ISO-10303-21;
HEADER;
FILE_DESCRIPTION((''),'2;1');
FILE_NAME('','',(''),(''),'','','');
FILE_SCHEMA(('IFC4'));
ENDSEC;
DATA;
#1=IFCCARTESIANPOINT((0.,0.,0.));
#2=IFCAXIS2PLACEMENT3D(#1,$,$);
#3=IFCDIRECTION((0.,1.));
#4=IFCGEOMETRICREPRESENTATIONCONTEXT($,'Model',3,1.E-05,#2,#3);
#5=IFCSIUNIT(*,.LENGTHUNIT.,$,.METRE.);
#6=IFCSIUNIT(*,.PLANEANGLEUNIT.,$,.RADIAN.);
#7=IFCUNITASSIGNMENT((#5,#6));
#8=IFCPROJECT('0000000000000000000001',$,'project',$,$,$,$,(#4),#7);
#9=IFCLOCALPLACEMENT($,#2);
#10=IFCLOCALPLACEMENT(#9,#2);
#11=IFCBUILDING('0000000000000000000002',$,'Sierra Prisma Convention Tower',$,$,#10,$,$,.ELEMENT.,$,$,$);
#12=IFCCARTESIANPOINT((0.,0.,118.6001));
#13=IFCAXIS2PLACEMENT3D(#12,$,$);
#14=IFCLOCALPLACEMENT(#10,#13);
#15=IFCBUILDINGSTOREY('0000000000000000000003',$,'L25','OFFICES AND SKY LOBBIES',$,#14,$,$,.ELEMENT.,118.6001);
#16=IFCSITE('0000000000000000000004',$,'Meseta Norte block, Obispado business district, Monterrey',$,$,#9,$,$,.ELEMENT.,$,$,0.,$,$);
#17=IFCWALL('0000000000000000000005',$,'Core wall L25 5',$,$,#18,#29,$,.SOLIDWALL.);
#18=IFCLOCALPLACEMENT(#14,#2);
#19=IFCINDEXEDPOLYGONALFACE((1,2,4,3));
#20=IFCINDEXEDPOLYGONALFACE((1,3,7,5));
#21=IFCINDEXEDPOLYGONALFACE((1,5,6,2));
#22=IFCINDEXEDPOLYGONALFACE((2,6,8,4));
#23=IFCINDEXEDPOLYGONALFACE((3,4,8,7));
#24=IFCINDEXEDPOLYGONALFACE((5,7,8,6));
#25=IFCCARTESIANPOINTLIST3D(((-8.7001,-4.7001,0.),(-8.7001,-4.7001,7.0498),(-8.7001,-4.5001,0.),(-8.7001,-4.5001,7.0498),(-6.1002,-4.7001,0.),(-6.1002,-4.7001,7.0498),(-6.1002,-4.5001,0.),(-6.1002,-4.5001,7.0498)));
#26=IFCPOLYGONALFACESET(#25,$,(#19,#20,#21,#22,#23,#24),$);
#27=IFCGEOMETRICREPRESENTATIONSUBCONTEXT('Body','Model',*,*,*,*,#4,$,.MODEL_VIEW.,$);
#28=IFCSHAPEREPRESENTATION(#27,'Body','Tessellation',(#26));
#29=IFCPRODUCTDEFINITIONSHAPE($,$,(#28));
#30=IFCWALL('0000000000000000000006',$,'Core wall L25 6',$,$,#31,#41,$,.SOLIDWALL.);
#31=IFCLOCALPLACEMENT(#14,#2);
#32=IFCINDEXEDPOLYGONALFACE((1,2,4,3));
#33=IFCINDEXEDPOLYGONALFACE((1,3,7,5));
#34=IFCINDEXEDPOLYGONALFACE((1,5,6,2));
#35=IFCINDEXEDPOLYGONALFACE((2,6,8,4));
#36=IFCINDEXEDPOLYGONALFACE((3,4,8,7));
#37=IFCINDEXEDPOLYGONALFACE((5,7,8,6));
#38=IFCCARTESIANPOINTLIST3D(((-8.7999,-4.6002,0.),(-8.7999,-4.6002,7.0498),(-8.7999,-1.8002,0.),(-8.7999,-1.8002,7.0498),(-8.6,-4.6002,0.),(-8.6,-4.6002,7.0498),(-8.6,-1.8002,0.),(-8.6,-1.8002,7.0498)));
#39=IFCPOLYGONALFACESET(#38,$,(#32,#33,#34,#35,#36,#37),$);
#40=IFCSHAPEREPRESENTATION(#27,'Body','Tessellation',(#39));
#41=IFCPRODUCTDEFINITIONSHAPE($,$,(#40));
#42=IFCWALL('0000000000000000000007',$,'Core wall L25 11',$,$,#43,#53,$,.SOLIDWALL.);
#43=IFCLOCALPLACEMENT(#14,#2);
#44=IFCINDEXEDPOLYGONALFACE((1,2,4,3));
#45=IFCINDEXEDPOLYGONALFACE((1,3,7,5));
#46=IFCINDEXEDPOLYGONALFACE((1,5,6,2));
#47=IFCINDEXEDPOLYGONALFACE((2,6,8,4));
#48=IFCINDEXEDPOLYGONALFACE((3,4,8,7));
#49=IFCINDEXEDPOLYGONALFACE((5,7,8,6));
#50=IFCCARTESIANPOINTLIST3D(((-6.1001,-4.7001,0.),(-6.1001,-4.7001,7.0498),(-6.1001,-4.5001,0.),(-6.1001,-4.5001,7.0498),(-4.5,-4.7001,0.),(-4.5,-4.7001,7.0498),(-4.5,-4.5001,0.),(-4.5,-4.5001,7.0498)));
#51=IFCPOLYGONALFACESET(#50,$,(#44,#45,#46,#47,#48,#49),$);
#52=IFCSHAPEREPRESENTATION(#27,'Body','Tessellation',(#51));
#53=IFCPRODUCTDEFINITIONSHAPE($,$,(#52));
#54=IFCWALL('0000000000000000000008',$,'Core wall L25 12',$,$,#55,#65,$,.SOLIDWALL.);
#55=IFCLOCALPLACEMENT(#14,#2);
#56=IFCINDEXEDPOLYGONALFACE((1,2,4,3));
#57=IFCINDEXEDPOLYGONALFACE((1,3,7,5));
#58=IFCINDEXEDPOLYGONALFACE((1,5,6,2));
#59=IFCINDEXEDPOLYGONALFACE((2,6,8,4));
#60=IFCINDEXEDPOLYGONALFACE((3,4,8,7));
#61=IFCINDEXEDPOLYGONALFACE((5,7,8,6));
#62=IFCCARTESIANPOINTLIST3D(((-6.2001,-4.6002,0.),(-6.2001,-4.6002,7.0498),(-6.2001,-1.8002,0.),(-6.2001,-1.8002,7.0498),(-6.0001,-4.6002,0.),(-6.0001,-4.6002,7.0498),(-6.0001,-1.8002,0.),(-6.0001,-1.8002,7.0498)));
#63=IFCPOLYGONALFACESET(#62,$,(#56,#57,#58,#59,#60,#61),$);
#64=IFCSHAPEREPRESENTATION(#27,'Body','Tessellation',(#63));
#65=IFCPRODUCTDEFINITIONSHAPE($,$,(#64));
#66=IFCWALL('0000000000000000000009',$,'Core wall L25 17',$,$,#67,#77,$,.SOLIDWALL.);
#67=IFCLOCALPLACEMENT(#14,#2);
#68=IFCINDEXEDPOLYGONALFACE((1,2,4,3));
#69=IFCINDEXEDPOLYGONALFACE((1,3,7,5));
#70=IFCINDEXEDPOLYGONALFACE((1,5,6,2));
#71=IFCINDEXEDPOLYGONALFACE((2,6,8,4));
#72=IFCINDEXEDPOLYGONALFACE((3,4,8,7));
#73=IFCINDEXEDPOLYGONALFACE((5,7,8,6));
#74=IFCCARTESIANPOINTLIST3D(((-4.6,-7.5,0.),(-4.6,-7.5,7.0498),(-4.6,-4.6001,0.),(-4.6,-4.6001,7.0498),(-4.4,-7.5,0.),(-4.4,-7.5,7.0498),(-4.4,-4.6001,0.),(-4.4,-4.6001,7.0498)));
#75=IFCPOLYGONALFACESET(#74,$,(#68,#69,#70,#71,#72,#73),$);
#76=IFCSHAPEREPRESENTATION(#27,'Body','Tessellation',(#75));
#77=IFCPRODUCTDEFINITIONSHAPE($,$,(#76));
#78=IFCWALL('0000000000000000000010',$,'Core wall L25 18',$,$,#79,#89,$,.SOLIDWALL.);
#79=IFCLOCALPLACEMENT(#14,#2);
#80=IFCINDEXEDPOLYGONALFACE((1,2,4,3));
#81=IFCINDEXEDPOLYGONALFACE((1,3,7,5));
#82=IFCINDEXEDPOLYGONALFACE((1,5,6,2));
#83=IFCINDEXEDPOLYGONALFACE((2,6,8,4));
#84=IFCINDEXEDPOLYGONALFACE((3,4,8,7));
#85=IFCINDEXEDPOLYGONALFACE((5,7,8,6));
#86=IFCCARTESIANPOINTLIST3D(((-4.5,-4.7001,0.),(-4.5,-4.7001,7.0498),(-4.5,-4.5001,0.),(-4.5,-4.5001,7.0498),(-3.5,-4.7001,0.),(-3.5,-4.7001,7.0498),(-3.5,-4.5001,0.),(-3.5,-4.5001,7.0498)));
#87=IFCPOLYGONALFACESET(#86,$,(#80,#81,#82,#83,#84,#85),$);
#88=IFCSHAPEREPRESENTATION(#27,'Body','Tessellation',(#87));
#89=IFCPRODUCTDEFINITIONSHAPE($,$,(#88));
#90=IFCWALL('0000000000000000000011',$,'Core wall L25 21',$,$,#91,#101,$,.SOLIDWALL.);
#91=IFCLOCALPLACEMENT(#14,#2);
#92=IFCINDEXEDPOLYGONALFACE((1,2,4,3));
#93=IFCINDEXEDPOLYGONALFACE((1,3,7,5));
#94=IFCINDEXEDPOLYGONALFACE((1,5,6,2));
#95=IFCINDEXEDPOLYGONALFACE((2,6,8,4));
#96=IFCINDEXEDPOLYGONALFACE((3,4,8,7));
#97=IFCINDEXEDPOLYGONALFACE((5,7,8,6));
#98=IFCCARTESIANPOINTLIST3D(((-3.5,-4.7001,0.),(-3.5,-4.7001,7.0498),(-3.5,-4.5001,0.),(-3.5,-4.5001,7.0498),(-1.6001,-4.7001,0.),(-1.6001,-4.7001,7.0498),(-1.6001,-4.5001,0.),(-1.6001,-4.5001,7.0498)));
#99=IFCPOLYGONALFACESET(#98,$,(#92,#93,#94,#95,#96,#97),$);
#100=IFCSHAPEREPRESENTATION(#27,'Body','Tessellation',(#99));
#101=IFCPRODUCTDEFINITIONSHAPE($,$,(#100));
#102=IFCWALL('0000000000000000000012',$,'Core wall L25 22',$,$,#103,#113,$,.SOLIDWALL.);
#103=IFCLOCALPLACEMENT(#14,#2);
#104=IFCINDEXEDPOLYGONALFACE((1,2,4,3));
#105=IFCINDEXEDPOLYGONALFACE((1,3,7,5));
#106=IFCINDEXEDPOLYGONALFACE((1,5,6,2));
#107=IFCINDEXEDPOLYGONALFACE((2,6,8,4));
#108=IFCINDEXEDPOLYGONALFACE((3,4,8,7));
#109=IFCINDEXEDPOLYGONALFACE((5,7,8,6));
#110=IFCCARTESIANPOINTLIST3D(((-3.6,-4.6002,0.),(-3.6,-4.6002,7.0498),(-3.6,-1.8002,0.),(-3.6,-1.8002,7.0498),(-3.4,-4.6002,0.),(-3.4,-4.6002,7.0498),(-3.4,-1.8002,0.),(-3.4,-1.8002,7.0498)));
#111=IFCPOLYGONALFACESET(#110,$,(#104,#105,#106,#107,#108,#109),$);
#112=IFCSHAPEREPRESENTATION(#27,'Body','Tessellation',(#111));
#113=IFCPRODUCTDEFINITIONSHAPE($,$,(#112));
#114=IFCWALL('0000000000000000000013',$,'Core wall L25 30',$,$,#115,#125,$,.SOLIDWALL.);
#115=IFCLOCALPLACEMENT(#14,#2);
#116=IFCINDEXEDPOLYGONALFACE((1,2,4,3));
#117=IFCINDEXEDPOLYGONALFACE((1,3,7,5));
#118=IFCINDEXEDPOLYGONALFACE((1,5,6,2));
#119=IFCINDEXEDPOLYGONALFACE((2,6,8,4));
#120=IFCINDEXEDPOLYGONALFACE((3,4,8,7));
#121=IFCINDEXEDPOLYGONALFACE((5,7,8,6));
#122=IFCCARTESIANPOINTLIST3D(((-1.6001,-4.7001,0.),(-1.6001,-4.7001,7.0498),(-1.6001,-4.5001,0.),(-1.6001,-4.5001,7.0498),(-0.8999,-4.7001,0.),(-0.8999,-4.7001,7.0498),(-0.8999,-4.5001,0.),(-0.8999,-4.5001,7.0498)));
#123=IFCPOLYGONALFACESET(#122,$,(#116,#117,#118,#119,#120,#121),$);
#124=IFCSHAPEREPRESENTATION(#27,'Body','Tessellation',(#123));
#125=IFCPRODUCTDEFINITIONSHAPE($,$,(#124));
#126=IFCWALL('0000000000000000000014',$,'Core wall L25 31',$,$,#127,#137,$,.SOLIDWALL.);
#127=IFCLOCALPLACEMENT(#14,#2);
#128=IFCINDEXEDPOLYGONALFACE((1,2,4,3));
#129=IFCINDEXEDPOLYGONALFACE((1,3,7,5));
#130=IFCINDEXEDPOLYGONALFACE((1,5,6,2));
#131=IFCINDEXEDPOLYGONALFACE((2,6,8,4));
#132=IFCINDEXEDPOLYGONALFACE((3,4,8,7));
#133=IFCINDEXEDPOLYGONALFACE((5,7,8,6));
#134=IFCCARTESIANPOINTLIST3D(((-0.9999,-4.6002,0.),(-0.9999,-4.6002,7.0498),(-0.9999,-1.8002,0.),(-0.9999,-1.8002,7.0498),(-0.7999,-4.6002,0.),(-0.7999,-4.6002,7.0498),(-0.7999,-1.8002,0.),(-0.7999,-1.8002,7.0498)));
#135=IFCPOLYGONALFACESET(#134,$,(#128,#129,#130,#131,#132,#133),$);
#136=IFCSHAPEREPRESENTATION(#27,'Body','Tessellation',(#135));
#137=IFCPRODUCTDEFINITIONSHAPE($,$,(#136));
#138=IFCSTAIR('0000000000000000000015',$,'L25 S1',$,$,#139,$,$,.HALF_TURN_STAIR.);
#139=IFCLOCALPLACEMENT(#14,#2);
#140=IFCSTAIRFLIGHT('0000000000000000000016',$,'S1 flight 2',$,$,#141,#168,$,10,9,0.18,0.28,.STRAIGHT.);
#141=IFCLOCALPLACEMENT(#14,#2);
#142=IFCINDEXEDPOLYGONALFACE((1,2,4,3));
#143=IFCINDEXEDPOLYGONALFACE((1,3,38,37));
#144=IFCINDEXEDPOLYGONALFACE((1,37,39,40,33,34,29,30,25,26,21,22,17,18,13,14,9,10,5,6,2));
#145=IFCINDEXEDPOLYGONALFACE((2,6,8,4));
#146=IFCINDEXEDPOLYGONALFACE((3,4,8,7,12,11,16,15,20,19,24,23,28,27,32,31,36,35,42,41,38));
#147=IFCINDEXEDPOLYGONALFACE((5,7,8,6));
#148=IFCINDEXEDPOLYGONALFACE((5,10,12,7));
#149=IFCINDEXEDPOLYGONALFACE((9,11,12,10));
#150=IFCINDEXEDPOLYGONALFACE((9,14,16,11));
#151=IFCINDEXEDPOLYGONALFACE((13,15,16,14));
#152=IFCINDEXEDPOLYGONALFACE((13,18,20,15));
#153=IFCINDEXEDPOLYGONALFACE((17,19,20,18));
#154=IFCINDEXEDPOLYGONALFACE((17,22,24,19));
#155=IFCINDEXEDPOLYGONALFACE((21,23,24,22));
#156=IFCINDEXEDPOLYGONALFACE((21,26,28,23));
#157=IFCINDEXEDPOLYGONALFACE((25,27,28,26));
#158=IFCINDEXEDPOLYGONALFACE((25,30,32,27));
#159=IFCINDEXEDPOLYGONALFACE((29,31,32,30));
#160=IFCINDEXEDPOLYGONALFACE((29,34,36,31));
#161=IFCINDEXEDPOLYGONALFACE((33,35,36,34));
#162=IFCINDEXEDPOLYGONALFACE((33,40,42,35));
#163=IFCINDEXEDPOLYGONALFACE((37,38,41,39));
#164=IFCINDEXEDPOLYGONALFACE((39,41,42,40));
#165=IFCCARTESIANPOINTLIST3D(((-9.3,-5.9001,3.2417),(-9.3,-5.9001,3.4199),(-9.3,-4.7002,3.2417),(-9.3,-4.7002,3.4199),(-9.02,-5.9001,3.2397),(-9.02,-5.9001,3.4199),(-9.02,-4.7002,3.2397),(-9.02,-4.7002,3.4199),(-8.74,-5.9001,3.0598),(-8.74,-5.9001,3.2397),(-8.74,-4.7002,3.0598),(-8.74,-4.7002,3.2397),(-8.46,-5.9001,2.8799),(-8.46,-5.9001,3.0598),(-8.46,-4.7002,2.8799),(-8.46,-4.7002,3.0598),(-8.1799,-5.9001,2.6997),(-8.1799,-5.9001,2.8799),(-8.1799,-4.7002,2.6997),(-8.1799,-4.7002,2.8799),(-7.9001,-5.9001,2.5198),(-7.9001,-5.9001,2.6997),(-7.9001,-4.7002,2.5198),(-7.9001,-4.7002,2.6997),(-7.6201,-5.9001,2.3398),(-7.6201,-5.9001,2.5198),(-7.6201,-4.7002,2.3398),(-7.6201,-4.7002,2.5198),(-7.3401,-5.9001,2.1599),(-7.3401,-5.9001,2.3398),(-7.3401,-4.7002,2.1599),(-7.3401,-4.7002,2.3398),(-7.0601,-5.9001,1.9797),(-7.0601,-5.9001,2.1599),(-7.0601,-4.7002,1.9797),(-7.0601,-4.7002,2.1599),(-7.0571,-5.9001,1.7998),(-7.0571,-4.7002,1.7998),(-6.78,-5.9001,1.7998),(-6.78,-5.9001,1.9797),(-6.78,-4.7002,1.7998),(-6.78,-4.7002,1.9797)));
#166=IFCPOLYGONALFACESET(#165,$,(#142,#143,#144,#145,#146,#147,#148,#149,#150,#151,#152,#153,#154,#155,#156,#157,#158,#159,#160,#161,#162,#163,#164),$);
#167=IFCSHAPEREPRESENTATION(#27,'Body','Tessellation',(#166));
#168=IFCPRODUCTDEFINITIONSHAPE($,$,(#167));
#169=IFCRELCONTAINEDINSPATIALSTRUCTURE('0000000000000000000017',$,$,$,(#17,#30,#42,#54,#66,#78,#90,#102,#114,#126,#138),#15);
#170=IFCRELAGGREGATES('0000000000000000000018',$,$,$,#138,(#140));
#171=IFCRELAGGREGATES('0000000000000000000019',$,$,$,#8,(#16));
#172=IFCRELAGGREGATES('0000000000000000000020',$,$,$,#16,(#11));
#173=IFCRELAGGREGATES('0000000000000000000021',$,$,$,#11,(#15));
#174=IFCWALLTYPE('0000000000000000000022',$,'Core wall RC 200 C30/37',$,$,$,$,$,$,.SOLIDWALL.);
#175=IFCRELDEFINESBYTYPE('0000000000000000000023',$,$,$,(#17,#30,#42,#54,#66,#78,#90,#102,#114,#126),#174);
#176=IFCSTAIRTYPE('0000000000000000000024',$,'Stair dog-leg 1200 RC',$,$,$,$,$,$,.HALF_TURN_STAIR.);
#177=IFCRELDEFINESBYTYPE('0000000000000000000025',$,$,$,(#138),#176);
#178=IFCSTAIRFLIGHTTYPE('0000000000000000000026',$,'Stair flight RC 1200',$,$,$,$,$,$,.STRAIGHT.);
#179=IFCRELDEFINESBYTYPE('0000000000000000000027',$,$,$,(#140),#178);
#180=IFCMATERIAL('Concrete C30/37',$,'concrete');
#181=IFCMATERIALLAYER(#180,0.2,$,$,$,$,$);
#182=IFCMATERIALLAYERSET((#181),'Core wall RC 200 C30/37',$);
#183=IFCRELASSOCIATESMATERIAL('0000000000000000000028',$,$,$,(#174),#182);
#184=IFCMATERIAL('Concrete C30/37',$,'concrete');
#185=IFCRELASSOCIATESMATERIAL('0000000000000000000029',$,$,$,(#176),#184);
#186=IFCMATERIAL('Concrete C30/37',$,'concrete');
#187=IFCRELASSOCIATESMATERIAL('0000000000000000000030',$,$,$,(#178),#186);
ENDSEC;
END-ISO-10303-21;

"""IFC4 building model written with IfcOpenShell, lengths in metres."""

from ifc_helpers import new_model, si_unit, direction, frame, frame_2d, origin, place, context, subcontext, project, spatial, polyline, rectangle, outline, extrude, material, layer, layer_set, type_object, element, aggregate, save


model = new_model("IFC4")

# Units and contexts
model_context = context("Model", 3, precision=1e-05, world=origin(), true_north=direction((0.0, 1.0)))
body_context = subcontext(model_context, "Body", "Model", "MODEL_VIEW")
ifc_project = project(units=[si_unit("LENGTHUNIT", "METRE"), si_unit("PLANEANGLEUNIT", "RADIAN")], contexts=[model_context])

# Site, building, storey
site_placement = place(None, origin())
site = spatial("IfcSite", under=ifc_project, at=site_placement, Name="Meseta Norte block, Obispado business district, Monterrey", CompositionType="ELEMENT", RefElevation=0.0)
building_placement = place(site_placement, origin())
building = spatial("IfcBuilding", under=site, at=building_placement, Name="Sierra Prisma Convention Tower", CompositionType="ELEMENT")
storey_placement = place(building_placement, frame((0.0, 0.0, 118.6001)))
storey = spatial("IfcBuildingStorey", under=building, at=storey_placement, Name="L25", Description="OFFICES AND SKY LOBBIES", CompositionType="ELEMENT", Elevation=118.6001)

# Shared definitions
ifc_material_1 = material(Name="Concrete C30/37", Category="concrete")
ifc_layer = layer(ifc_material_1, 0.2)
ifc_layer_set = layer_set([ifc_layer], Name="Core wall RC 200 C30/37")
wall_type = type_object("IfcWallType", Name="Core wall RC 200 C30/37", PredefinedType="SOLIDWALL", material=ifc_layer_set)

# Walls
wall_1_placement = place(storey_placement, frame((-8.7, -4.6001, 0.0), z_axis=(0.0, 0.0, 1.0), x_axis=(1.0, 0.0, 0.0)))
element("IfcWall", 1, at=wall_1_placement, inside=storey, type_object=wall_type, Name="Core wall L25 5", PredefinedType="SOLIDWALL", context=body_context, shape_type="SweptSolid", body=[
    extrude(rectangle(XDim=2.5999, YDim=0.2, at=frame_2d((1.2998, 0.0))), origin(), (0.0, 0.0, 1.0), 7.0498),
])
wall_2_placement = place(storey_placement, frame((-8.7, -4.6001, 0.0), z_axis=(0.0, 0.0, 1.0), x_axis=(0.0, 1.0, 0.0)))
element("IfcWall", 2, at=wall_2_placement, inside=storey, type_object=wall_type, Name="Core wall L25 6", PredefinedType="SOLIDWALL", context=body_context, shape_type="SweptSolid", body=[
    extrude(rectangle(XDim=2.8, YDim=0.2, at=frame_2d((1.3999, 0.0))), origin(), (0.0, 0.0, 1.0), 7.0498),
])
wall_3_placement = place(storey_placement, frame((-6.1001, -4.6001, 0.0), z_axis=(0.0, 0.0, 1.0), x_axis=(1.0, 0.0, 0.0)))
element("IfcWall", 3, at=wall_3_placement, inside=storey, type_object=wall_type, Name="Core wall L25 11", PredefinedType="SOLIDWALL", context=body_context, shape_type="SweptSolid", body=[
    extrude(rectangle(XDim=1.6001, YDim=0.2, at=frame_2d((0.8, 0.0))), origin(), (0.0, 0.0, 1.0), 7.0498),
])
wall_4_placement = place(storey_placement, frame((-6.1001, -4.6001, 0.0), z_axis=(0.0, 0.0, 1.0), x_axis=(0.0, 1.0, 0.0)))
element("IfcWall", 4, at=wall_4_placement, inside=storey, type_object=wall_type, Name="Core wall L25 12", PredefinedType="SOLIDWALL", context=body_context, shape_type="SweptSolid", body=[
    extrude(rectangle(XDim=2.8, YDim=0.2, at=frame_2d((1.3999, 0.0))), origin(), (0.0, 0.0, 1.0), 7.0498),
])
wall_5_placement = place(storey_placement, frame((-4.5, -4.6001, 0.0), z_axis=(0.0, 0.0, 1.0), x_axis=(0.0, -1.0, 0.0)))
element("IfcWall", 5, at=wall_5_placement, inside=storey, type_object=wall_type, Name="Core wall L25 17", PredefinedType="SOLIDWALL", context=body_context, shape_type="SweptSolid", body=[
    extrude(rectangle(XDim=2.8999, YDim=0.2, at=frame_2d((1.45, 0.0))), origin(), (0.0, 0.0, 1.0), 7.0498),
])
wall_6_placement = place(storey_placement, frame((-4.5, -4.6001, 0.0), z_axis=(0.0, 0.0, 1.0), x_axis=(1.0, 0.0, 0.0)))
element("IfcWall", 6, at=wall_6_placement, inside=storey, type_object=wall_type, Name="Core wall L25 18", PredefinedType="SOLIDWALL", context=body_context, shape_type="SweptSolid", body=[
    extrude(rectangle(XDim=1.0, YDim=0.2, at=frame_2d((0.5, 0.0))), origin(), (0.0, 0.0, 1.0), 7.0498),
])
wall_7_placement = place(storey_placement, frame((-3.5, -4.6001, 0.0), z_axis=(0.0, 0.0, 1.0), x_axis=(1.0, 0.0, 0.0)))
element("IfcWall", 7, at=wall_7_placement, inside=storey, type_object=wall_type, Name="Core wall L25 21", PredefinedType="SOLIDWALL", context=body_context, shape_type="SweptSolid", body=[
    extrude(rectangle(XDim=1.8999, YDim=0.2, at=frame_2d((0.95, 0.0))), origin(), (0.0, 0.0, 1.0), 7.0498),
])
wall_8_placement = place(storey_placement, frame((-3.5, -4.6001, 0.0), z_axis=(0.0, 0.0, 1.0), x_axis=(0.0, 1.0, 0.0)))
element("IfcWall", 8, at=wall_8_placement, inside=storey, type_object=wall_type, Name="Core wall L25 22", PredefinedType="SOLIDWALL", context=body_context, shape_type="SweptSolid", body=[
    extrude(rectangle(XDim=2.8, YDim=0.2, at=frame_2d((1.3999, 0.0))), origin(), (0.0, 0.0, 1.0), 7.0498),
])
wall_9_placement = place(storey_placement, frame((-1.6001, -4.6001, 0.0), z_axis=(0.0, 0.0, 1.0), x_axis=(1.0, 0.0, 0.0)))
element("IfcWall", 9, at=wall_9_placement, inside=storey, type_object=wall_type, Name="Core wall L25 30", PredefinedType="SOLIDWALL", context=body_context, shape_type="SweptSolid", body=[
    extrude(rectangle(XDim=0.7002, YDim=0.2, at=frame_2d((0.3501, 0.0))), origin(), (0.0, 0.0, 1.0), 7.0498),
])
wall_10_placement = place(storey_placement, frame((-0.8999, -4.6001, 0.0), z_axis=(0.0, 0.0, 1.0), x_axis=(0.0, 1.0, 0.0)))
element("IfcWall", 10, at=wall_10_placement, inside=storey, type_object=wall_type, Name="Core wall L25 31", PredefinedType="SOLIDWALL", context=body_context, shape_type="SweptSolid", body=[
    extrude(rectangle(XDim=2.8, YDim=0.2, at=frame_2d((1.3999, 0.0))), origin(), (0.0, 0.0, 1.0), 7.0498),
])

# Stair, stair flight
ifc_material_2 = material(Name="Concrete C30/37", Category="concrete")
stair_type = type_object("IfcStairType", Name="Stair dog-leg 1200 RC", PredefinedType="HALF_TURN_STAIR", material=ifc_material_2)
stair_placement = place(storey_placement, origin())
stair = element("IfcStair", 11, at=stair_placement, inside=storey, type_object=stair_type, Name="L25 S1", PredefinedType="HALF_TURN_STAIR")
ifc_material_3 = material(Name="Concrete C30/37", Category="concrete")
stair_flight_type = type_object("IfcStairFlightType", Name="Stair flight RC 1200", PredefinedType="STRAIGHT", material=ifc_material_3)
stair_flight_1_placement = place(storey_placement, frame((-6.78, -5.3, 1.7998), z_axis=(0.0, 0.0, 1.0), x_axis=(-1.0, 0.0, 0.0)))
stair_flight_1 = element("IfcStairFlight", 12, at=stair_flight_1_placement, type_object=stair_flight_type, Name="S1 flight 2", NumberOfRisers=10, NumberOfTreads=9, PredefinedType="STRAIGHT", RiserHeight=0.18, TreadLength=0.28, context=body_context, shape_type="SweptSolid", body=[
    extrude(outline(polyline([(0.0, 0.0), (0.0, 0.1799), (0.28, 0.1799), (0.28, 0.3601), (0.5601, 0.3601), (0.5601, 0.54), (0.8401, 0.54), (0.8401, 0.72), (1.1201, 0.72), (1.1201, 0.8999), (1.3999, 0.8999), (1.3999, 1.0801), (1.6799, 1.0801), (1.6799, 1.26), (1.96, 1.26), (1.96, 1.4399), (2.24, 1.4399), (2.24, 1.6201), (2.52, 1.6201), (2.52, 1.8), (2.52, 1.4419), (0.2771, 0.0), (0.0, 0.0)])), frame((0.0, 0.6001, 0.0), z_axis=(0.0, -1.0, 0.0), x_axis=(1.0, 0.0, 0.0)), (0.0, 0.0, 1.0), 1.2),
])
aggregate(stair, [stair_flight_1])

save(model, "model.ifc")
